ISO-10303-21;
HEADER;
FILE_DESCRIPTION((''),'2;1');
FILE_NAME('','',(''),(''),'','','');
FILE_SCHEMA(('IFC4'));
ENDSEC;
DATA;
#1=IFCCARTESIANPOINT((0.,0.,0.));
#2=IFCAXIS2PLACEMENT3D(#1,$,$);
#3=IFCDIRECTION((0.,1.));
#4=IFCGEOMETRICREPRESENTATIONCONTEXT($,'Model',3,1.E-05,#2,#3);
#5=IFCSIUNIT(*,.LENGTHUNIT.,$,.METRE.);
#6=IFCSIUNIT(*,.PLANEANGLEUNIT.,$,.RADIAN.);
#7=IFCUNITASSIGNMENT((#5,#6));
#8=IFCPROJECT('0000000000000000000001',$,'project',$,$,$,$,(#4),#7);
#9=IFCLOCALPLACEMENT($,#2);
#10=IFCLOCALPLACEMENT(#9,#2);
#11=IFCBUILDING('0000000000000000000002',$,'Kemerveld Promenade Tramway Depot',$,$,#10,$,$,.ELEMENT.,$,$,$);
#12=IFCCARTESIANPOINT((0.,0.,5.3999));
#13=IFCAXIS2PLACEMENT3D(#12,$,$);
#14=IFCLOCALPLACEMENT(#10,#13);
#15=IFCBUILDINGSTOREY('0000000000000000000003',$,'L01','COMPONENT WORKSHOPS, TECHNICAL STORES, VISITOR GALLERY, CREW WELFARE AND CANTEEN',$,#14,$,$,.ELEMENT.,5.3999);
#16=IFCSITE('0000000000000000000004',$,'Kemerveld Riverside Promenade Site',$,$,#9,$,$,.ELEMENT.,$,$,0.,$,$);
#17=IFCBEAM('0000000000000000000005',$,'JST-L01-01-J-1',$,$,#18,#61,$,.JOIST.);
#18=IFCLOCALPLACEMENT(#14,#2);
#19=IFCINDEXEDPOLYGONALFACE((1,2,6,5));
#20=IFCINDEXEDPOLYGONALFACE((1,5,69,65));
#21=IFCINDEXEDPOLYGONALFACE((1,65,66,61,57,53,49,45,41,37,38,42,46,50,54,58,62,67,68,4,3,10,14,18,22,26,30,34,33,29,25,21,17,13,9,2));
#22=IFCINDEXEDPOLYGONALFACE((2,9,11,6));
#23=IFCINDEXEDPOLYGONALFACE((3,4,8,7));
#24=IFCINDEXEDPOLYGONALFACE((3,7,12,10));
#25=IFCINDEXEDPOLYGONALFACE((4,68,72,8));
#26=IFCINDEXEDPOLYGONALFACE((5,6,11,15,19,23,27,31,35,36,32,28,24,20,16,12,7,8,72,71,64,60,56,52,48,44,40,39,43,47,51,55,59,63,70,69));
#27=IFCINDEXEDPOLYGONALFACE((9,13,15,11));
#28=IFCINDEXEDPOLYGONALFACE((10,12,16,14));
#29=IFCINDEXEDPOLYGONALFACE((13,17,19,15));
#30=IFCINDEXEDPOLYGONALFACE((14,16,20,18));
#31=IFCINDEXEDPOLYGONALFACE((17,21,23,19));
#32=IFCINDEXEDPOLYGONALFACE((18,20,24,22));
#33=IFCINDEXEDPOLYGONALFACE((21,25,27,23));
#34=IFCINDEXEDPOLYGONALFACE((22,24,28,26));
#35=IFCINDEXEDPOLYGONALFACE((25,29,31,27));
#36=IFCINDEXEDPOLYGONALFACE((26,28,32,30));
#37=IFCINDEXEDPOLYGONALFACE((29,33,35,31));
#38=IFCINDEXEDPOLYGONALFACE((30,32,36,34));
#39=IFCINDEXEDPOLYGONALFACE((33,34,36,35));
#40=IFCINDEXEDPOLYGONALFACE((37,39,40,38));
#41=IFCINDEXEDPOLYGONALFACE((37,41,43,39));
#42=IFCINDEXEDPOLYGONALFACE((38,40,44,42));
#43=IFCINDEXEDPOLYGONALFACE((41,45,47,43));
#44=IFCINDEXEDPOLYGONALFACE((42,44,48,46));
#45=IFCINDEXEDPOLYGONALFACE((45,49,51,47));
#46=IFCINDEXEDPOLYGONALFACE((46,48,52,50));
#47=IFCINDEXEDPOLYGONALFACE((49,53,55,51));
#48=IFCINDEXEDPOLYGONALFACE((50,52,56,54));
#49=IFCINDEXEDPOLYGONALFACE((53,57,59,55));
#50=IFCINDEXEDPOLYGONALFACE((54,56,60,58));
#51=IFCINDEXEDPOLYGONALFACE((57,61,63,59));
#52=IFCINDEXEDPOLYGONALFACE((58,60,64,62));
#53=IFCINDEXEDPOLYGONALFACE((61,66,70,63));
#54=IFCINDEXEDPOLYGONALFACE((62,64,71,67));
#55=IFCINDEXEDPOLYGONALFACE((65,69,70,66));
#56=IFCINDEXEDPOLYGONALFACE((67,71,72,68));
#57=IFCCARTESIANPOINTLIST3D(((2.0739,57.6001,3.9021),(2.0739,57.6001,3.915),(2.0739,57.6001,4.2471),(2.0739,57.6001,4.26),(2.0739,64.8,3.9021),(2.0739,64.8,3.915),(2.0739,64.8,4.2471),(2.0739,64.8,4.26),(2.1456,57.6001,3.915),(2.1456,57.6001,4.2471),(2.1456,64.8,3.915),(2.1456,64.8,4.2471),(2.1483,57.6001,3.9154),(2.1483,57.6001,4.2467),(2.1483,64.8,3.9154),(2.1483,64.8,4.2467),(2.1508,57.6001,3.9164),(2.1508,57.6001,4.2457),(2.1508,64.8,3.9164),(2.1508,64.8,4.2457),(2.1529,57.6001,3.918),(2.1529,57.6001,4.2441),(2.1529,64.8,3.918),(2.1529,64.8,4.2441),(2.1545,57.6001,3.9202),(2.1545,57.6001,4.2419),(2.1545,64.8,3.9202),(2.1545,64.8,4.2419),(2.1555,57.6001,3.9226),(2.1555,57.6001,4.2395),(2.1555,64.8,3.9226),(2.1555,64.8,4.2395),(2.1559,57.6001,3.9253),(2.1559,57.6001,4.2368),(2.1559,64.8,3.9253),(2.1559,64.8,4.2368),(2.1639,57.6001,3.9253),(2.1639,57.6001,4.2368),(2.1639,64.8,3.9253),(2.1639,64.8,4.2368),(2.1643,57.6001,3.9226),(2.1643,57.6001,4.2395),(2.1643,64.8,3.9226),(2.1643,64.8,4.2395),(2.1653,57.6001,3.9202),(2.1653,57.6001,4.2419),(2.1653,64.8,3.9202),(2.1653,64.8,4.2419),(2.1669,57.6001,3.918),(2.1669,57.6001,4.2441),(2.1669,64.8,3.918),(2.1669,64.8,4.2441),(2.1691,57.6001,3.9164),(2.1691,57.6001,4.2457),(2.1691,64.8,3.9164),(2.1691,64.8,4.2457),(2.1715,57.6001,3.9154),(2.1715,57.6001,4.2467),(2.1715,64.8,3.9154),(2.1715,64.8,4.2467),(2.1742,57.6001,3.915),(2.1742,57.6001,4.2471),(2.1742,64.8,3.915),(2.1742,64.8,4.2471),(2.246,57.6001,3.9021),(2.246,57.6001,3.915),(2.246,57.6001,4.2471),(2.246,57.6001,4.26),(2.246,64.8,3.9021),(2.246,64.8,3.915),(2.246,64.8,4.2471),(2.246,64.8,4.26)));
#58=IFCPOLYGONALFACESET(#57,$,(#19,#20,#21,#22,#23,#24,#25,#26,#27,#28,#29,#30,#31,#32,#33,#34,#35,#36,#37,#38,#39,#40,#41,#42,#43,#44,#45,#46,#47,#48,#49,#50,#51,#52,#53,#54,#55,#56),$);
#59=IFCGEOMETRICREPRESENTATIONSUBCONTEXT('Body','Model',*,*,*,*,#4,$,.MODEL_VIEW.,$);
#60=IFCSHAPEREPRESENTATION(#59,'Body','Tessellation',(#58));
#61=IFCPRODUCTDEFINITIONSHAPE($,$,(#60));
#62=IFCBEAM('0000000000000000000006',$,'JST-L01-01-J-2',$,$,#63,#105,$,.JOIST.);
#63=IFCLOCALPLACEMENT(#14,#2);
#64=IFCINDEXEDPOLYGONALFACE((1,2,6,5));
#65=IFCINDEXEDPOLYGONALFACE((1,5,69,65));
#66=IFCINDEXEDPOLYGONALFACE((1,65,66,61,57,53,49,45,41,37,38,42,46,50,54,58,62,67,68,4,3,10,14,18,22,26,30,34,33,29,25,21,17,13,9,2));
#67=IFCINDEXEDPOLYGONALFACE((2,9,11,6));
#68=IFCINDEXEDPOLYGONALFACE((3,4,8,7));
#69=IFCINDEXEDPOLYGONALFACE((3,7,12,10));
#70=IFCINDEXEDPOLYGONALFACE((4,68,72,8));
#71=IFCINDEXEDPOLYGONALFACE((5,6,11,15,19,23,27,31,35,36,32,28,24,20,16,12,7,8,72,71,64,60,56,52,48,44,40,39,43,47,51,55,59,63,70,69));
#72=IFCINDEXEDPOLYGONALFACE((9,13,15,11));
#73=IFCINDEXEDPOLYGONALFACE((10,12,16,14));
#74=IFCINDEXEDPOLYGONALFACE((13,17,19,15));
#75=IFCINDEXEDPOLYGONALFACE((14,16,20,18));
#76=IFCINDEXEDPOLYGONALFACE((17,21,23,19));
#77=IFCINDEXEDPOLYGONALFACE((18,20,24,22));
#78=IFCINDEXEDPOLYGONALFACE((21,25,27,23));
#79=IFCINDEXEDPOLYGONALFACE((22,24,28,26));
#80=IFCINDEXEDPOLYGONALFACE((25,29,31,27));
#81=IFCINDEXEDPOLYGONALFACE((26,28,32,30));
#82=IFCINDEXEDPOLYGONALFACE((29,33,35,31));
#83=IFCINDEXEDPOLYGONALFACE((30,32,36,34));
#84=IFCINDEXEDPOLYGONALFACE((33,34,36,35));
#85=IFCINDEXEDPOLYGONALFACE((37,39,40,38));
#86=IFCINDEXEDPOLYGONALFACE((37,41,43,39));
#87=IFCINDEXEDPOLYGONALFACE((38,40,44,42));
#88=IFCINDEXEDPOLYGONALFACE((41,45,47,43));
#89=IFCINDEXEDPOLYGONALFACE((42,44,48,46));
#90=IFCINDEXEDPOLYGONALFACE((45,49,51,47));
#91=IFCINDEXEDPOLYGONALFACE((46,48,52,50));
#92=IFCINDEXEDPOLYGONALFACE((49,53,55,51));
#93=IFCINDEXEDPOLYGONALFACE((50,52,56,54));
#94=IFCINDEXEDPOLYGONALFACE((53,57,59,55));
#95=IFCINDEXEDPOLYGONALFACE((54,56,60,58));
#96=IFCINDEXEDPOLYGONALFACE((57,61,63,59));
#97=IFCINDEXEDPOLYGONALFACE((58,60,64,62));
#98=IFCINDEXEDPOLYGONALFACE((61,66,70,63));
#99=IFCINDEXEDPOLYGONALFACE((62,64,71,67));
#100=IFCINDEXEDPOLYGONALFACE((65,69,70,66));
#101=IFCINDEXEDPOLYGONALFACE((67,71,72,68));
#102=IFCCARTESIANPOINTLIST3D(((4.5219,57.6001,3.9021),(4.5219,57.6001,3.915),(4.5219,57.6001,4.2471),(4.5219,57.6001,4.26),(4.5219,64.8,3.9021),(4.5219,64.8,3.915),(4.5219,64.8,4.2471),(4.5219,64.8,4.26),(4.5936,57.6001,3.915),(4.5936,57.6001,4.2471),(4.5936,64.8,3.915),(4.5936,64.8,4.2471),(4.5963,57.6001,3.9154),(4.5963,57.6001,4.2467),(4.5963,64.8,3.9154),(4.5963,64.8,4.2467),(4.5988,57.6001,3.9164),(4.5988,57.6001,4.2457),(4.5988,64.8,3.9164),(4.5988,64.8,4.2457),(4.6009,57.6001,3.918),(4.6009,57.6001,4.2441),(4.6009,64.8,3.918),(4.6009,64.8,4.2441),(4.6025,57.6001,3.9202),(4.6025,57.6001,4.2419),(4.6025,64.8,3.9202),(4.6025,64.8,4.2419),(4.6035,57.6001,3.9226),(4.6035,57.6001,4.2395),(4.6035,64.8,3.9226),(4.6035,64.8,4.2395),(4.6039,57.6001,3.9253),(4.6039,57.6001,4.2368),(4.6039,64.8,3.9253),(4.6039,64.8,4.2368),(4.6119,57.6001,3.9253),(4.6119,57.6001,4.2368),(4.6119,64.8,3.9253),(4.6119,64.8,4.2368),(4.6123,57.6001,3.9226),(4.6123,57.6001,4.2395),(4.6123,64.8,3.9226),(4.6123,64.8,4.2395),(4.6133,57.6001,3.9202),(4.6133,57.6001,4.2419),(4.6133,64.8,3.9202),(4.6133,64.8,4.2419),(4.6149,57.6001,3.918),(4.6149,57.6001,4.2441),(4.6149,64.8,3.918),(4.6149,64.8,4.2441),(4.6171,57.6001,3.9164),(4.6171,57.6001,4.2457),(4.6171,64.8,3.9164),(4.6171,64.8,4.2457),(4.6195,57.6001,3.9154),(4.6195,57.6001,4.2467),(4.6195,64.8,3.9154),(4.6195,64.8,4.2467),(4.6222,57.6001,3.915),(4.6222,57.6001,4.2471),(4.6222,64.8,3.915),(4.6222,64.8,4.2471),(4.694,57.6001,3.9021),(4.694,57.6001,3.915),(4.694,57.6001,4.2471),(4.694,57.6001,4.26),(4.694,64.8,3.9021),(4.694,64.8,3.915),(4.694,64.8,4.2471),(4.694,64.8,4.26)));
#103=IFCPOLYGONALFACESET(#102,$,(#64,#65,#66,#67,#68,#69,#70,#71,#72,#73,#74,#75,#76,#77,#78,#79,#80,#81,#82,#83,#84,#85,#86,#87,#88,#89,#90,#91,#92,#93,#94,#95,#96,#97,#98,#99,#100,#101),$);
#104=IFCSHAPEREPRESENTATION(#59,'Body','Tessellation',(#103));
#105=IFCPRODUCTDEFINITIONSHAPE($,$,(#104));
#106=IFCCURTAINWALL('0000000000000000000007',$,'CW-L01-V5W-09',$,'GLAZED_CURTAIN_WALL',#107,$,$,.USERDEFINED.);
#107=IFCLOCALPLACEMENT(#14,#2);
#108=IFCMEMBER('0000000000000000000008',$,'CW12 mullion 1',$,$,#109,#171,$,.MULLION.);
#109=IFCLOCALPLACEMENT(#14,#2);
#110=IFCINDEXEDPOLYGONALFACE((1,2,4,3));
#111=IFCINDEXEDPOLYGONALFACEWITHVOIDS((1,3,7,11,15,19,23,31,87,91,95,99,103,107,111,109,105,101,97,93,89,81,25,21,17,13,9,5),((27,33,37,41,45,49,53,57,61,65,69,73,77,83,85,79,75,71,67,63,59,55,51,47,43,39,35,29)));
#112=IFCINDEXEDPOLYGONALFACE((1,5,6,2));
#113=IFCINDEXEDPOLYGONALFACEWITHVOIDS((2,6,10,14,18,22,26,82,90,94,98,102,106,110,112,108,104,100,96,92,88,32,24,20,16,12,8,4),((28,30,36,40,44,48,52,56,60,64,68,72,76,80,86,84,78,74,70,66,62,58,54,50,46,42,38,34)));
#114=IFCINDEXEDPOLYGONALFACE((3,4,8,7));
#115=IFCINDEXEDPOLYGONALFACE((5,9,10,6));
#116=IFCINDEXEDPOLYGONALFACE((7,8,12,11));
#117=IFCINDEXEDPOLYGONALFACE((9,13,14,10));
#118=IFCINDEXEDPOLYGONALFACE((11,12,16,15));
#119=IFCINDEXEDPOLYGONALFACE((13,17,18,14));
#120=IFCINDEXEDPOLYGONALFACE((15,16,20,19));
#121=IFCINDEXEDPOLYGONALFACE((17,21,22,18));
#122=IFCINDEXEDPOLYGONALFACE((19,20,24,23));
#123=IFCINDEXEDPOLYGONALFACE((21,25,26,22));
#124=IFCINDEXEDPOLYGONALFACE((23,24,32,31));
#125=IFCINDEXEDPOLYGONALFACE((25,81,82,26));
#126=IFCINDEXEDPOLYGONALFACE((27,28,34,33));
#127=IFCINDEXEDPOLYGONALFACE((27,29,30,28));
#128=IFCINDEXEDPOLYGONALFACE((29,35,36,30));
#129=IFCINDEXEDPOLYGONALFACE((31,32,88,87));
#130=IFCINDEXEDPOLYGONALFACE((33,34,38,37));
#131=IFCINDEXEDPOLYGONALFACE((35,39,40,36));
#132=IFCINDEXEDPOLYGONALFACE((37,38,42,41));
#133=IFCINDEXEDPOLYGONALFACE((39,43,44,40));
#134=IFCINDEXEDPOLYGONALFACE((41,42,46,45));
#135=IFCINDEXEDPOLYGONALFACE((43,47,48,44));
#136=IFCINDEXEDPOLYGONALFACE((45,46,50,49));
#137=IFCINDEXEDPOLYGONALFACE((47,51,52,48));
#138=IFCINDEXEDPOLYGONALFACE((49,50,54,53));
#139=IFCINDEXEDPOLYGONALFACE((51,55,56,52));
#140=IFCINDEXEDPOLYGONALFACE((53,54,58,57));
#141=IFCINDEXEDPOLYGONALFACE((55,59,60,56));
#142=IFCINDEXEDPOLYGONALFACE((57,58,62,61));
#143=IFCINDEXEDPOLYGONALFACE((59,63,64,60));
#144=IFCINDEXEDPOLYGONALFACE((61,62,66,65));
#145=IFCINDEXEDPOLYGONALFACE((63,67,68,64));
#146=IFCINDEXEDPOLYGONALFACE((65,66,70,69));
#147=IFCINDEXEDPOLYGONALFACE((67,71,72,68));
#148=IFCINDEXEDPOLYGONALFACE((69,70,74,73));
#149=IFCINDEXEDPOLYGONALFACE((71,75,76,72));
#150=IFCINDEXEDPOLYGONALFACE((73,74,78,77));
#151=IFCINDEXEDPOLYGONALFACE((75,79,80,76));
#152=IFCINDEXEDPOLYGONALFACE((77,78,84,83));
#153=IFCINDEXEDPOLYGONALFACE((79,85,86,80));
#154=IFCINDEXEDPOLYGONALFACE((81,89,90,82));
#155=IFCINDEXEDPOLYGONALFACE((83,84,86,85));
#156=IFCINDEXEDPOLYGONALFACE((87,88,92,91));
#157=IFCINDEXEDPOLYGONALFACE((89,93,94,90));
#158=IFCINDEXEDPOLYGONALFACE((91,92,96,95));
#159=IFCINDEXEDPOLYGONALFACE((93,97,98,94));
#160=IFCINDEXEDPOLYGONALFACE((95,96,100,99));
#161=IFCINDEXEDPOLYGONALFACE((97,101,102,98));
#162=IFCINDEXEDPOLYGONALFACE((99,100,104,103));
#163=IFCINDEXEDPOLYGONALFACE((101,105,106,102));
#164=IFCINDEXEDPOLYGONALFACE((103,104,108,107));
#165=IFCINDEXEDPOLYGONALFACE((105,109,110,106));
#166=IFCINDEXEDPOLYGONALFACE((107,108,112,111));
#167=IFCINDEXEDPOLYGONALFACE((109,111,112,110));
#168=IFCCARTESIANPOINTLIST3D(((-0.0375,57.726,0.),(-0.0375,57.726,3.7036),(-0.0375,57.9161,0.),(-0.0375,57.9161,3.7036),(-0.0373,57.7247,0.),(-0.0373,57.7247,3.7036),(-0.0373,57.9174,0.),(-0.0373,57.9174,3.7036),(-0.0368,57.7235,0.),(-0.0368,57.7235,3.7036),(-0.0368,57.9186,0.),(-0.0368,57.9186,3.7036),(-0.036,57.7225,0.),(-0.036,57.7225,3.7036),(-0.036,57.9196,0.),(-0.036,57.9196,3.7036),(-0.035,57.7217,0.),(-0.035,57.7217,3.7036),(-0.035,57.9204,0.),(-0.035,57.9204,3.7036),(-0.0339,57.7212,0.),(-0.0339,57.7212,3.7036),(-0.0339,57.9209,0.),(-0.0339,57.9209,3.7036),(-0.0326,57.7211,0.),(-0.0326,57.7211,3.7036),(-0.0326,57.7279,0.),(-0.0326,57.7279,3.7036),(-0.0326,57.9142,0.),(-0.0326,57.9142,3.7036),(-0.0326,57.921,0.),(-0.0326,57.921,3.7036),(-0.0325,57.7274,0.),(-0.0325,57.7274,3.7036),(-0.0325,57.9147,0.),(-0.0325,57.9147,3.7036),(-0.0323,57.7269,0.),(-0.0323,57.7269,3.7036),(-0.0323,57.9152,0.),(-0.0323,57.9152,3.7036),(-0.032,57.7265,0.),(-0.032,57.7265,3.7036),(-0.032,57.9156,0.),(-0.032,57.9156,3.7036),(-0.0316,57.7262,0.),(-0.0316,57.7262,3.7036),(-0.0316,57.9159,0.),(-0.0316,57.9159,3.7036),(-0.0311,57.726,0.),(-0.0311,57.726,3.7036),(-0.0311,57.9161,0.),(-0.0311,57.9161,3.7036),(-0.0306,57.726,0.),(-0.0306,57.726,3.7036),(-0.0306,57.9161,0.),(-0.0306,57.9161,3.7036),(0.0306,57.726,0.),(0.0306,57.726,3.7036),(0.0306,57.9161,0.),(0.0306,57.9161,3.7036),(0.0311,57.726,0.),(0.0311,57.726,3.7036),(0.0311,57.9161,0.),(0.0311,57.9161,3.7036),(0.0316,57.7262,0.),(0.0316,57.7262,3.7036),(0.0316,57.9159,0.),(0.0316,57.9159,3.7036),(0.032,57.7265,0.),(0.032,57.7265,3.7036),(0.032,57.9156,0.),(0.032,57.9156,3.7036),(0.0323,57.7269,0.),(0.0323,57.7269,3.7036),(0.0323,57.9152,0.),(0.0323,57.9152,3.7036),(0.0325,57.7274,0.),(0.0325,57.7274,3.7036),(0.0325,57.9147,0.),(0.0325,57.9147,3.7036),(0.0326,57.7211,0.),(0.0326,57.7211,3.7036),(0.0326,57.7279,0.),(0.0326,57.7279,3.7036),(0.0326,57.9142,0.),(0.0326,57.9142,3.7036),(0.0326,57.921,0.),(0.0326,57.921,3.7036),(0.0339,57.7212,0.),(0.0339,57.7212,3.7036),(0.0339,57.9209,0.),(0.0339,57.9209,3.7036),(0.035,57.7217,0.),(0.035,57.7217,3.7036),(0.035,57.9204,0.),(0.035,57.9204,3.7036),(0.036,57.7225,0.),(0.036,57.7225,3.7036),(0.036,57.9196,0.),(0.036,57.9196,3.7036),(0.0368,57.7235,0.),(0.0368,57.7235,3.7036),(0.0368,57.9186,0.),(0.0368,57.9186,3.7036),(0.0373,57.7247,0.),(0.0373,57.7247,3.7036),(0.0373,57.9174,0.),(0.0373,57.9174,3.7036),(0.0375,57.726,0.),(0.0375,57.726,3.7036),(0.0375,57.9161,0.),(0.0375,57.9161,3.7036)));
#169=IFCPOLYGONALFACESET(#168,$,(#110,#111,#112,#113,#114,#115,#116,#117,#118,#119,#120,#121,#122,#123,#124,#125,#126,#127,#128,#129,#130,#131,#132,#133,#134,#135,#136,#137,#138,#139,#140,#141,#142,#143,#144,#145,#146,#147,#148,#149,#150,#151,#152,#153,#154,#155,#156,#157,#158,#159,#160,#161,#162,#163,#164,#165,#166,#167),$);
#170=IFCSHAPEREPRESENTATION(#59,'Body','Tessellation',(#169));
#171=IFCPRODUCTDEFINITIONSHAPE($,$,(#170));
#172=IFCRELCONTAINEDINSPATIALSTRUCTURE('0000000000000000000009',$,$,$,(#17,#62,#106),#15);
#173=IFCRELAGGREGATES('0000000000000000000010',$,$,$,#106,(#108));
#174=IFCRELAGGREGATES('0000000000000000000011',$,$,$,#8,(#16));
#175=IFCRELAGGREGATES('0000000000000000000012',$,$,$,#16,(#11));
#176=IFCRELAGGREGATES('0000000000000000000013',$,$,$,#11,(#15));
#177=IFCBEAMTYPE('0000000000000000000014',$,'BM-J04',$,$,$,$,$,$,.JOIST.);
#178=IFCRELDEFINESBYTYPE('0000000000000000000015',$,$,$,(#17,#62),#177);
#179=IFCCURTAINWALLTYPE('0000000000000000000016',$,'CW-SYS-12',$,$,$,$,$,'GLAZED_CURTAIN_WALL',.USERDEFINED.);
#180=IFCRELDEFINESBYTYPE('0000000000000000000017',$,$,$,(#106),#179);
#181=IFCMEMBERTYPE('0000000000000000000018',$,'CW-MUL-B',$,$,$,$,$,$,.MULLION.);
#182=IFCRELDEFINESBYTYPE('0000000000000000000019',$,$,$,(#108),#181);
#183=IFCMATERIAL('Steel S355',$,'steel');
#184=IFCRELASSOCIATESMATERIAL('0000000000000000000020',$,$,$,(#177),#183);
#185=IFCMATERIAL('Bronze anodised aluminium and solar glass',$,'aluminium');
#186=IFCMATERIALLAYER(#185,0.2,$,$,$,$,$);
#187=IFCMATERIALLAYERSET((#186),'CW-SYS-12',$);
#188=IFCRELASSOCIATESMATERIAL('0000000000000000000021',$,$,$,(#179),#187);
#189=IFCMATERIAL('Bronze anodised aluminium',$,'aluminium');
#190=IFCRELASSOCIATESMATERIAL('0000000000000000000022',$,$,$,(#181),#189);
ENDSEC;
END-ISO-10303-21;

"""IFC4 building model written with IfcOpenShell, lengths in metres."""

from ifc_helpers import new_model, si_unit, direction, frame, origin, origin_2d, place, context, subcontext, project, spatial, hollow_rectangle, i_section, extrude, material, layer, layer_set, material_profile, profile_set, type_object, element, aggregate, save


model = new_model("IFC4")

# Units and contexts
model_context = context("Model", 3, precision=1e-05, world=origin(), true_north=direction((0.0, 1.0)))
body_context = subcontext(model_context, "Body", "Model", "MODEL_VIEW")
ifc_project = project(units=[si_unit("LENGTHUNIT", "METRE"), si_unit("PLANEANGLEUNIT", "RADIAN")], contexts=[model_context])

# Site, building, storey
site_placement = place(None, origin())
site = spatial("IfcSite", under=ifc_project, at=site_placement, Name="Kemerveld Riverside Promenade Site", CompositionType="ELEMENT", RefElevation=0.0)
building_placement = place(site_placement, origin())
building = spatial("IfcBuilding", under=site, at=building_placement, Name="Kemerveld Promenade Tramway Depot", CompositionType="ELEMENT")
storey_placement = place(building_placement, frame((0.0, 0.0, 5.3999)))
storey = spatial("IfcBuildingStorey", under=building, at=storey_placement, Name="L01", Description="COMPONENT WORKSHOPS, TECHNICAL STORES, VISITOR GALLERY, CREW WELFARE AND CANTEEN", CompositionType="ELEMENT", Elevation=5.3999)

# Beams
ifc_material_1 = material(Name="Steel S355", Category="steel")
ifc_material_profile_1 = material_profile(ifc_material_1, i_section(OverallWidth=0.1721, OverallDepth=0.3579, WebThickness=0.0081, FlangeThickness=0.0129, FilletRadius=0.0103, at=origin_2d()), Name="356x171x57 UB")
ifc_profile_set_1 = profile_set([ifc_material_profile_1], Name="Steel S355")
beam_type = type_object("IfcBeamType", Name="BM-J04", PredefinedType="JOIST", material=ifc_profile_set_1)
for number, where, z_axis, x_axis, name in (
    (1, (2.1599, 57.6001, 4.0811), (0.0, 1.0, 0.0), (-1.0, 0.0, 0.0), "JST-L01-01-J-1"),
    (2, (4.6079, 57.6001, 4.0811), (0.0, 1.0, 0.0), (-1.0, 0.0, 0.0), "JST-L01-01-J-2"),
):
    element("IfcBeam", number, at=place(storey_placement, frame(where, z_axis=z_axis, x_axis=x_axis)), inside=storey, type_object=beam_type, Name=name, PredefinedType="JOIST", context=body_context, shape_type="SweptSolid", body=[
        extrude(i_section(OverallWidth=0.1721, OverallDepth=0.3579, WebThickness=0.0081, FlangeThickness=0.0129, FilletRadius=0.0103, at=origin_2d()), origin(), (0.0, 0.0, 1.0), 7.2),
    ])

# Curtain wall, member
ifc_material_2 = material(Name="Bronze anodised aluminium and solar glass", Category="aluminium")
ifc_layer_1 = layer(ifc_material_2, 0.2)
ifc_layer_set_1 = layer_set([ifc_layer_1], Name="CW-SYS-12")
curtain_wall_type = type_object("IfcCurtainWallType", Name="CW-SYS-12", ElementType="GLAZED_CURTAIN_WALL", PredefinedType="USERDEFINED", material=ifc_layer_set_1)
curtain_wall_placement = place(storey_placement, origin())
curtain_wall = element("IfcCurtainWall", 3, at=curtain_wall_placement, inside=storey, type_object=curtain_wall_type, Name="CW-L01-V5W-09", ObjectType="GLAZED_CURTAIN_WALL", PredefinedType="USERDEFINED")
ifc_material_3 = material(Name="Bronze anodised aluminium", Category="aluminium")
ifc_material_profile_2 = material_profile(ifc_material_3, hollow_rectangle(XDim=0.075, YDim=0.2, WallThickness=0.0049, InnerFilletRadius=0.002, OuterFilletRadius=0.0049, at=origin_2d()), Name="CW-MUL-200x75")
ifc_profile_set_2 = profile_set([ifc_material_profile_2], Name="Bronze anodised aluminium")
member_type_1 = type_object("IfcMemberType", Name="CW-MUL-B", PredefinedType="MULLION", material=ifc_profile_set_2)
member_1_placement = place(storey_placement, frame((0.0, 57.821, 0.0), z_axis=(0.0, 0.0, 1.0), x_axis=(-1.0, 0.0, 0.0)))
member_1 = element("IfcMember", 4, at=member_1_placement, type_object=member_type_1, Name="CW12 mullion 1", PredefinedType="MULLION", context=body_context, shape_type="SweptSolid", body=[
    extrude(hollow_rectangle(XDim=0.075, YDim=0.2, WallThickness=0.0049, InnerFilletRadius=0.002, OuterFilletRadius=0.0049, at=origin_2d()), origin(), (0.0, 0.0, 1.0), 3.7036),
])
aggregate(curtain_wall, [member_1])

save(model, "model.ifc")
